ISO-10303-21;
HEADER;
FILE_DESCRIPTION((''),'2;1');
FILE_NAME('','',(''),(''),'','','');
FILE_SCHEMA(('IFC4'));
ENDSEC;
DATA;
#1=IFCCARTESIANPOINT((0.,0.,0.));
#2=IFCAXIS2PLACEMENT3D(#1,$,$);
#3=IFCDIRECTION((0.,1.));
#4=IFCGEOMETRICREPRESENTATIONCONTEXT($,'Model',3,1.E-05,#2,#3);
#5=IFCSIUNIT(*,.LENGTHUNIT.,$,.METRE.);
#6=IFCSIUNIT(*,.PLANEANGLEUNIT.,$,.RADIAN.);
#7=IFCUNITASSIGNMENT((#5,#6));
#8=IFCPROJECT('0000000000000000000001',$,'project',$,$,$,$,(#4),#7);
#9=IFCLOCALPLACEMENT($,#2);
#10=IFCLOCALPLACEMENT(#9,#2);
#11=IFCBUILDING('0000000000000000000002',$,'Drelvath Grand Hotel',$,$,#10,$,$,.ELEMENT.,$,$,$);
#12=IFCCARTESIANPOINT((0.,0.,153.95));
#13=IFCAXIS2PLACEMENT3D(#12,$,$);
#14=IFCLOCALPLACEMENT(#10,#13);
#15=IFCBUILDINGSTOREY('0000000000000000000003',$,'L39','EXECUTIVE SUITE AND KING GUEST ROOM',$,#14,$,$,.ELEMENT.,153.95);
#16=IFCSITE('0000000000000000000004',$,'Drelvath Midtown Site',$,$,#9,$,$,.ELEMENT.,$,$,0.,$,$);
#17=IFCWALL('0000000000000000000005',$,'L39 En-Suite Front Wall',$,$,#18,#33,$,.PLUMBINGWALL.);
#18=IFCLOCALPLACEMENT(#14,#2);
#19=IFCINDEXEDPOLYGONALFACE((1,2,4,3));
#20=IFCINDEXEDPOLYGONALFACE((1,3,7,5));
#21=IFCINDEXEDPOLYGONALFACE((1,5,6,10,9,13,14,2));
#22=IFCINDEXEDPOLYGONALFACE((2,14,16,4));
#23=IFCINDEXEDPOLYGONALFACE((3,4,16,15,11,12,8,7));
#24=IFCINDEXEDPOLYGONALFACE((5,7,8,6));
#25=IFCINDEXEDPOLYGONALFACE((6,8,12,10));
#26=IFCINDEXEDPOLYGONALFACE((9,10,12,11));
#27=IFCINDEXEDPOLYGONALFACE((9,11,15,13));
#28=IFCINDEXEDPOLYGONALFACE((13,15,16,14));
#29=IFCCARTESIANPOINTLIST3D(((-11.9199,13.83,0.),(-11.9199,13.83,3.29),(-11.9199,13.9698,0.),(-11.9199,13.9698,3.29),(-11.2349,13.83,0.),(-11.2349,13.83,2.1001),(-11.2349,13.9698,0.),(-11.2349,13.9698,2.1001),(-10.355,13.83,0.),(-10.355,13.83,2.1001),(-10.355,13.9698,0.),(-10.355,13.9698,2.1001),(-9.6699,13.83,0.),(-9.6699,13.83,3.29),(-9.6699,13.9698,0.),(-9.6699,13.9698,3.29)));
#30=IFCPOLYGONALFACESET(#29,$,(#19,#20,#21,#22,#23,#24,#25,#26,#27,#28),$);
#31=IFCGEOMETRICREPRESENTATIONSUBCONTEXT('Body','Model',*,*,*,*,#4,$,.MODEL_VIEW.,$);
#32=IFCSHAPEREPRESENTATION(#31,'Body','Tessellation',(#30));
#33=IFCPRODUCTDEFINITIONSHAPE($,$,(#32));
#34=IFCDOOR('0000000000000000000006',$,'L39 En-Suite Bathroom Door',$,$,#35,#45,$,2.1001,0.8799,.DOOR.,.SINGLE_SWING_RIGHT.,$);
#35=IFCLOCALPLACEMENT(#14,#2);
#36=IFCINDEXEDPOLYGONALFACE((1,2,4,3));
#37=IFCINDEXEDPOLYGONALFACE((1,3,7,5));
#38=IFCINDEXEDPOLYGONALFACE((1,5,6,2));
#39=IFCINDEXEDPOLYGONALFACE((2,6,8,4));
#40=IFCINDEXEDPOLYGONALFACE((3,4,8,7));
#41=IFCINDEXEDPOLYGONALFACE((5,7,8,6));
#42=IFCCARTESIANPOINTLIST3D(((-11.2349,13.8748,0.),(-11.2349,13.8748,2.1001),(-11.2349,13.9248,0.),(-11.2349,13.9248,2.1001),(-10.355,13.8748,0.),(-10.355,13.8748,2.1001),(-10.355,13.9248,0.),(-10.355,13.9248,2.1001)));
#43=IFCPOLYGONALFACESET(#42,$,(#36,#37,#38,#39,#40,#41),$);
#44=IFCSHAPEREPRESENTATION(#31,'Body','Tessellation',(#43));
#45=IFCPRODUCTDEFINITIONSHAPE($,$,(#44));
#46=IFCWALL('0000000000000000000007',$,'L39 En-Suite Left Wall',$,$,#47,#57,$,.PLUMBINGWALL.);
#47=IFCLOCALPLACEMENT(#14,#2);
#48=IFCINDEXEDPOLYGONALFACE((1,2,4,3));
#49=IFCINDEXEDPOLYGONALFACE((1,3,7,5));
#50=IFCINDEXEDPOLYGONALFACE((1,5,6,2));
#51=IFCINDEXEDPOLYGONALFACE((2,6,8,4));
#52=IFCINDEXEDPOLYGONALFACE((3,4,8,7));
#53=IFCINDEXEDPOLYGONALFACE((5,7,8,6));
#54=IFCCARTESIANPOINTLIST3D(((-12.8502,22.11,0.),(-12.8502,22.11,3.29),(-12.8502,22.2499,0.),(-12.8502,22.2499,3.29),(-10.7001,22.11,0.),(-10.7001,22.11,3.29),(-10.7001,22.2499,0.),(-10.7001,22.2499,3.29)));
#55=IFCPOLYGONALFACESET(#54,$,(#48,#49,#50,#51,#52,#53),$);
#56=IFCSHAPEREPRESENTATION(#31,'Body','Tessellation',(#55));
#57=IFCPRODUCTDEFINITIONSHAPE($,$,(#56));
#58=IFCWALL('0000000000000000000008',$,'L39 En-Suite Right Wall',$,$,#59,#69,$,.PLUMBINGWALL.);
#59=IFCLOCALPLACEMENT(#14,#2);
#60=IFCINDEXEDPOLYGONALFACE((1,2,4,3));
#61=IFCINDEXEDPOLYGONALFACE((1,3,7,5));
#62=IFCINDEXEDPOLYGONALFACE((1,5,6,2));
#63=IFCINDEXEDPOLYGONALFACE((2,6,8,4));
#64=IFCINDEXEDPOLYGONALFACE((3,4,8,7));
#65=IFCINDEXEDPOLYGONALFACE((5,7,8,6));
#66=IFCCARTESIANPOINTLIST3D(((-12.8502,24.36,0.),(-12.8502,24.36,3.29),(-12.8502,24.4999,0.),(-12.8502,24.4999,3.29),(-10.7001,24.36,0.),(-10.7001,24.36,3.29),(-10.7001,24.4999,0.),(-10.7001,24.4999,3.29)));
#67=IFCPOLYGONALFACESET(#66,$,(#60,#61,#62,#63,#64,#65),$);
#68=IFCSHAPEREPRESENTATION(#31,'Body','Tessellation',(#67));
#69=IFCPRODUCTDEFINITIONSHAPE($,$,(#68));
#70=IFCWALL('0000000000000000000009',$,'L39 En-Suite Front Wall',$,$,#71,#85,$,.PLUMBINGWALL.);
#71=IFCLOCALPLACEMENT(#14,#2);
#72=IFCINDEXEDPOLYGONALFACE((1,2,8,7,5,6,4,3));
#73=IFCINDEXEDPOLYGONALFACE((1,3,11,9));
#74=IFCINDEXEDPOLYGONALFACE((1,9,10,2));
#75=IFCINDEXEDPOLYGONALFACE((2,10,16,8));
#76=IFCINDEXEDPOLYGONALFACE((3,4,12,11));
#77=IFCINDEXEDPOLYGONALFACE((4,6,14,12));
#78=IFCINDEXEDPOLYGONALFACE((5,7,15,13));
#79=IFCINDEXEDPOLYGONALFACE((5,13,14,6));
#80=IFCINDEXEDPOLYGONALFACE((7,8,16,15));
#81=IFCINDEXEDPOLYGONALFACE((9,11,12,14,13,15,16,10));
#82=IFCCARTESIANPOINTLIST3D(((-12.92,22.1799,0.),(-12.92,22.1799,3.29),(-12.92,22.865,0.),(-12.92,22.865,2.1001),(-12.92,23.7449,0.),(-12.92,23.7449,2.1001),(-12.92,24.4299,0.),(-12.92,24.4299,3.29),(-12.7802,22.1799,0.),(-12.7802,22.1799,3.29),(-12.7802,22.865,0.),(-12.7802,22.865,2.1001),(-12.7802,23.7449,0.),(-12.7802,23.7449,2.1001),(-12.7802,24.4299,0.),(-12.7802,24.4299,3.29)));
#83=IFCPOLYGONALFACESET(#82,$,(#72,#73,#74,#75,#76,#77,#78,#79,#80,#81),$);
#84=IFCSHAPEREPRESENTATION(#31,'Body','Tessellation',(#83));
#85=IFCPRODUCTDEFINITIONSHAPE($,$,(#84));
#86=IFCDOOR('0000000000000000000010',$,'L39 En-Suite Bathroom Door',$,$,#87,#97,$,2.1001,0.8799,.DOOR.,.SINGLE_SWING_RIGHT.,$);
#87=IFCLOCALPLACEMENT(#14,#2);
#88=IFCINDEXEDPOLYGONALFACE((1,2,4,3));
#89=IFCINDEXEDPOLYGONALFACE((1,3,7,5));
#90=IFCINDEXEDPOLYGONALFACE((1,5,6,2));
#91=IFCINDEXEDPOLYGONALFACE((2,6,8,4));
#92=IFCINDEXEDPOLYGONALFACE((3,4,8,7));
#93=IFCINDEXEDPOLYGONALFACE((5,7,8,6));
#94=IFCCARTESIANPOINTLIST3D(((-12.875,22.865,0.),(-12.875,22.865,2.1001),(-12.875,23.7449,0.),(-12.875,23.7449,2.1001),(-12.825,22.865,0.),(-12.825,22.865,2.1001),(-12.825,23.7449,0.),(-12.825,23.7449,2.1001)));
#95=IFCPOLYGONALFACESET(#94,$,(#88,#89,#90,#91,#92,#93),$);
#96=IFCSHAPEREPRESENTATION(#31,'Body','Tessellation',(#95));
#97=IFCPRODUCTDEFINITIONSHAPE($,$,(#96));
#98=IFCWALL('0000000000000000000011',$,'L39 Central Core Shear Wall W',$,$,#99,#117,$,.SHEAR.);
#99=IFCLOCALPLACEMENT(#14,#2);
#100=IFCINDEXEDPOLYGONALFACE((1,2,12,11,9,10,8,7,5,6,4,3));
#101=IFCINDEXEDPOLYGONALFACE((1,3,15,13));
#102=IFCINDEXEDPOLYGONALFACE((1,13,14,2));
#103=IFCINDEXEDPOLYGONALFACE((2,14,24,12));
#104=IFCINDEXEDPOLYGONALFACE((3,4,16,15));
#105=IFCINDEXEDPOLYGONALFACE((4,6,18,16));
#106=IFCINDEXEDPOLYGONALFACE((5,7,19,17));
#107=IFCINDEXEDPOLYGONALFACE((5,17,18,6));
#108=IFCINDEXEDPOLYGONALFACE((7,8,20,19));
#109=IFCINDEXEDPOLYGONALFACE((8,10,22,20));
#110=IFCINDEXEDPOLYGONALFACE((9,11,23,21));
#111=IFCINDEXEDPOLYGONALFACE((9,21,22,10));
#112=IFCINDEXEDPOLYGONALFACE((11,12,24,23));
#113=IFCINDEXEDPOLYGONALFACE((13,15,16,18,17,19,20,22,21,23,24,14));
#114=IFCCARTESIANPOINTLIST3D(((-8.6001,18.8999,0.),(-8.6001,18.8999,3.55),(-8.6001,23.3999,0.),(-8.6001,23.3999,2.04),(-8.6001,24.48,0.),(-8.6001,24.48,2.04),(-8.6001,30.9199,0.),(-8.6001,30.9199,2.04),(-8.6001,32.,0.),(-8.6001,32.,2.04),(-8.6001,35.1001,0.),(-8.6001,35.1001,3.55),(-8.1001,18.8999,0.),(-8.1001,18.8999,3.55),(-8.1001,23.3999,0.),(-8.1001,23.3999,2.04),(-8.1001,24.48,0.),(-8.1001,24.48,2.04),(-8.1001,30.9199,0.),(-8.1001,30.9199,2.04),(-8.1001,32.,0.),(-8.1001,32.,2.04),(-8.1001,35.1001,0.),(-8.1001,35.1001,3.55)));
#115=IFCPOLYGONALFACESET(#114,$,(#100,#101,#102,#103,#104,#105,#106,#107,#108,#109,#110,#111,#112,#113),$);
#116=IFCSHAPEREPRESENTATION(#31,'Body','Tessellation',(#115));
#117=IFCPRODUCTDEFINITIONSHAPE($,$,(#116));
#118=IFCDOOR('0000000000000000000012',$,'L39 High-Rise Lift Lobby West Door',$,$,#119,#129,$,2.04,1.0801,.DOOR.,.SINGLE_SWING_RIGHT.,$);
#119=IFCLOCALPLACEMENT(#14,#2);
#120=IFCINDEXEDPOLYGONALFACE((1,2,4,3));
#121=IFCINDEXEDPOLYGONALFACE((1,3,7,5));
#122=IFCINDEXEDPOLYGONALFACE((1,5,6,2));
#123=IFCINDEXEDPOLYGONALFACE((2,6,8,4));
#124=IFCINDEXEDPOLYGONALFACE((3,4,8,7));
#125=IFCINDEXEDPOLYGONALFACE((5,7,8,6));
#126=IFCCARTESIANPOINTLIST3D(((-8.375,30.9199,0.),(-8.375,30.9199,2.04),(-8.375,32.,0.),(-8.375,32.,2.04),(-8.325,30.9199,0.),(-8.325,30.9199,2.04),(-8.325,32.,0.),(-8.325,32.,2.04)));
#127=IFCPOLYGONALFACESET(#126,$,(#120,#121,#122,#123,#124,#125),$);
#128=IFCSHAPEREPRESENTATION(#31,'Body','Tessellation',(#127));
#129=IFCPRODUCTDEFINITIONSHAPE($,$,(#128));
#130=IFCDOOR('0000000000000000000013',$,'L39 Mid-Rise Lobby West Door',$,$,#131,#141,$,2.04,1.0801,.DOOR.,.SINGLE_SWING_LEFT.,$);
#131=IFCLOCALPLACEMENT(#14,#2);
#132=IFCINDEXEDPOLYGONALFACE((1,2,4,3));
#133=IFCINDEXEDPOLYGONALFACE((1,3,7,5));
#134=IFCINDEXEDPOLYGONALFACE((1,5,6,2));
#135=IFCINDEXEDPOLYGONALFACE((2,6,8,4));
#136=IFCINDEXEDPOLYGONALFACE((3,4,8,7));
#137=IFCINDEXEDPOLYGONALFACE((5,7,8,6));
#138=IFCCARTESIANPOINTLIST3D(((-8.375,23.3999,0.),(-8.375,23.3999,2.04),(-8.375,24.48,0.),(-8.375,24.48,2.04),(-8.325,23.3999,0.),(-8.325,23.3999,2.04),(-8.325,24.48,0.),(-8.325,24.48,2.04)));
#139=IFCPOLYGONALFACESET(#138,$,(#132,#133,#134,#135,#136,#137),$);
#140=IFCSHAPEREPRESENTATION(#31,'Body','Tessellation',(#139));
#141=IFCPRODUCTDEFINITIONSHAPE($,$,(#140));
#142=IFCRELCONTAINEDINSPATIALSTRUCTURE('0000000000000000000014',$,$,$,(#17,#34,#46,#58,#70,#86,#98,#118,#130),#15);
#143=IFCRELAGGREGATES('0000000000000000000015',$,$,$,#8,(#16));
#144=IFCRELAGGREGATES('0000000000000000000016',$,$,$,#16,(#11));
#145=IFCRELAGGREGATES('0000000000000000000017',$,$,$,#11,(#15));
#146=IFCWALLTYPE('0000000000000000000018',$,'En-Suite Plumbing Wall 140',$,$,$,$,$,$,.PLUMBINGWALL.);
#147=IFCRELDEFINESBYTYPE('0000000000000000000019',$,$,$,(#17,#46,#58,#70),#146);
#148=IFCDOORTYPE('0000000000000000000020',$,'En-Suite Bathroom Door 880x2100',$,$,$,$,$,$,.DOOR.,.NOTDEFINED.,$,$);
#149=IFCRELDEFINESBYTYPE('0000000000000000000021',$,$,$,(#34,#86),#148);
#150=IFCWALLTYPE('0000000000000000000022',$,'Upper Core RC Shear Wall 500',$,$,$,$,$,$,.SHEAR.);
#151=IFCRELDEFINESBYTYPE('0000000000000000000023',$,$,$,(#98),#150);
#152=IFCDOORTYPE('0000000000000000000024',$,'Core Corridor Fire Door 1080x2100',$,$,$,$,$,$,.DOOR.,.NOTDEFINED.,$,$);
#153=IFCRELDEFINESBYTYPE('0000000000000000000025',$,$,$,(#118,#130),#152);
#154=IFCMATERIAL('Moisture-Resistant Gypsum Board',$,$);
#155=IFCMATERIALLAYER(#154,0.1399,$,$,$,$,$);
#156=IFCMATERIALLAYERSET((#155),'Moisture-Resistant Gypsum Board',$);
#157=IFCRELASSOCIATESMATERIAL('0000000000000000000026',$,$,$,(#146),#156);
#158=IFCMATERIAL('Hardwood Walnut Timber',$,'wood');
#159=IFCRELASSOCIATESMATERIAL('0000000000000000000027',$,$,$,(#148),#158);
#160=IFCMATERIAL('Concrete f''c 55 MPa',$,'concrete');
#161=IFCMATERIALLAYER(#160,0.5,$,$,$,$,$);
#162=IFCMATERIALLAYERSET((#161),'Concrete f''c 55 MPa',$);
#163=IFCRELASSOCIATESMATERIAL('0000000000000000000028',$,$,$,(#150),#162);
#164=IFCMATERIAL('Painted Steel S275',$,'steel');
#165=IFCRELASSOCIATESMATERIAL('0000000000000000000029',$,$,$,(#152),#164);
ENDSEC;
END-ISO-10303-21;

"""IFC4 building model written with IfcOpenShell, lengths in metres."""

from ifc_helpers import new_model, si_unit, direction, frame, frame_2d, origin, place, context, subcontext, project, spatial, rectangle, extrude, material, layer, layer_set, type_object, element, fill, save


model = new_model("IFC4")

# Units and contexts
model_context = context("Model", 3, precision=1e-05, world=origin(), true_north=direction((0.0, 1.0)))
body_context = subcontext(model_context, "Body", "Model", "MODEL_VIEW")
ifc_project = project(units=[si_unit("LENGTHUNIT", "METRE"), si_unit("PLANEANGLEUNIT", "RADIAN")], contexts=[model_context])

# Site, building, storey
site_placement = place(None, origin())
site = spatial("IfcSite", under=ifc_project, at=site_placement, Name="Drelvath Midtown Site", CompositionType="ELEMENT", RefElevation=0.0)
building_placement = place(site_placement, origin())
building = spatial("IfcBuilding", under=site, at=building_placement, Name="Drelvath Grand Hotel", CompositionType="ELEMENT")
storey_placement = place(building_placement, frame((0.0, 0.0, 153.95)))
storey = spatial("IfcBuildingStorey", under=building, at=storey_placement, Name="L39", Description="EXECUTIVE SUITE AND KING GUEST ROOM", CompositionType="ELEMENT", Elevation=153.95)

# Shared definitions
ifc_material_1 = material(Name="Painted Steel S275", Category="steel")

# Shared definitions
ifc_material_2 = material(Name="Hardwood Walnut Timber", Category="wood")

# Shared definitions
ifc_material_3 = material(Name="Moisture-Resistant Gypsum Board")
ifc_layer_1 = layer(ifc_material_3, 0.1399)
ifc_layer_set_1 = layer_set([ifc_layer_1], Name="Moisture-Resistant Gypsum Board")
wall_type_1 = type_object("IfcWallType", Name="En-Suite Plumbing Wall 140", PredefinedType="PLUMBINGWALL", material=ifc_layer_set_1)

# Shared definitions
door_type_1 = type_object("IfcDoorType", Name="En-Suite Bathroom Door 880x2100", OperationType="NOTDEFINED", PredefinedType="DOOR", material=ifc_material_2)

# Wall, opening, door
wall_1_placement = place(storey_placement, frame((-11.9199, 13.8999, 0.0), z_axis=(0.0, 0.0, 1.0), x_axis=(1.0, 0.0, 0.0)))
wall_1 = element("IfcWall", 1, at=wall_1_placement, inside=storey, type_object=wall_type_1, Name="L39 En-Suite Front Wall", PredefinedType="PLUMBINGWALL", context=body_context, shape_type="SweptSolid", body=[
    extrude(rectangle(XDim=2.25, YDim=0.1399, at=frame_2d((1.125, 0.0))), origin(), (0.0, 0.0, 1.0), 3.29),
])
opening_1_placement = place(wall_1_placement, frame((0.6851, 0.0, 0.0)))
opening_1 = element("IfcOpeningElement", 2, at=opening_1_placement, cuts=wall_1, PredefinedType="OPENING", context=body_context, shape_type="SweptSolid", body=[
    extrude(rectangle(XDim=0.8799, YDim=2.1001, at=frame_2d((0.4399, 1.05))), frame((0.0, 0.0798, 0.0), z_axis=(0.0, -1.0, 0.0), x_axis=(1.0, 0.0, 0.0)), (0.0, 0.0, 1.0), 0.1599),
])
door_1_placement = place(opening_1_placement, origin())
door_1 = element("IfcDoor", 3, at=door_1_placement, inside=storey, type_object=door_type_1, Name="L39 En-Suite Bathroom Door", OperationType="SINGLE_SWING_RIGHT", OverallHeight=2.1001, OverallWidth=0.8799, PredefinedType="DOOR", context=body_context, shape_type="SweptSolid", body=[
    extrude(rectangle(XDim=0.8799, YDim=2.1001, at=frame_2d((0.4399, 1.05))), frame((0.0, 0.0249, 0.0), z_axis=(0.0, -1.0, 0.0), x_axis=(1.0, 0.0, 0.0)), (0.0, 0.0, 1.0), 0.05),
])
fill(opening_1, door_1)

# Walls
for number, where, z_axis, x_axis, name in (
    (4, (-10.7, 22.1799, 0.0), (0.0, 0.0, 1.0), (-1.0, 0.0, 0.0), "L39 En-Suite Left Wall"),
    (5, (-10.7, 24.4299, 0.0), (0.0, 0.0, 1.0), (-1.0, 0.0, 0.0), "L39 En-Suite Right Wall"),
):
    element("IfcWall", number, at=place(storey_placement, frame(where, z_axis=z_axis, x_axis=x_axis)), inside=storey, type_object=wall_type_1, Name=name, PredefinedType="PLUMBINGWALL", context=body_context, shape_type="SweptSolid", body=[
        extrude(rectangle(XDim=2.1501, YDim=0.1399, at=frame_2d((1.0752, 0.0))), origin(), (0.0, 0.0, 1.0), 3.29),
    ])

# Wall, opening, door
wall_2_placement = place(storey_placement, frame((-12.8501, 22.1799, 0.0), z_axis=(0.0, 0.0, 1.0), x_axis=(0.0, 1.0, 0.0)))
wall_2 = element("IfcWall", 6, at=wall_2_placement, inside=storey, type_object=wall_type_1, Name="L39 En-Suite Front Wall", PredefinedType="PLUMBINGWALL", context=body_context, shape_type="SweptSolid", body=[
    extrude(rectangle(XDim=2.25, YDim=0.1399, at=frame_2d((1.125, 0.0))), origin(), (0.0, 0.0, 1.0), 3.29),
])
opening_2_placement = place(wall_2_placement, frame((0.6851, 0.0, 0.0)))
opening_2 = element("IfcOpeningElement", 7, at=opening_2_placement, cuts=wall_2, PredefinedType="OPENING", context=body_context, shape_type="SweptSolid", body=[
    extrude(rectangle(XDim=0.8799, YDim=2.1001, at=frame_2d((0.4399, 1.05))), frame((0.0, 0.0798, 0.0), z_axis=(0.0, -1.0, 0.0), x_axis=(1.0, 0.0, 0.0)), (0.0, 0.0, 1.0), 0.1599),
])
door_2_placement = place(opening_2_placement, origin())
door_2 = element("IfcDoor", 8, at=door_2_placement, inside=storey, type_object=door_type_1, Name="L39 En-Suite Bathroom Door", OperationType="SINGLE_SWING_RIGHT", OverallHeight=2.1001, OverallWidth=0.8799, PredefinedType="DOOR", context=body_context, shape_type="SweptSolid", body=[
    extrude(rectangle(XDim=0.8799, YDim=2.1001, at=frame_2d((0.4399, 1.05))), frame((0.0, 0.0249, 0.0), z_axis=(0.0, -1.0, 0.0), x_axis=(1.0, 0.0, 0.0)), (0.0, 0.0, 1.0), 0.05),
])
fill(opening_2, door_2)

# Wall, openings, doors
ifc_material_4 = material(Name="Concrete f'c 55 MPa", Category="concrete")
ifc_layer_2 = layer(ifc_material_4, 0.5)
ifc_layer_set_2 = layer_set([ifc_layer_2], Name="Concrete f'c 55 MPa")
wall_type_2 = type_object("IfcWallType", Name="Upper Core RC Shear Wall 500", PredefinedType="SHEAR", material=ifc_layer_set_2)
wall_3_placement = place(storey_placement, frame((-8.3501, 18.8999, 0.0), z_axis=(0.0, 0.0, 1.0), x_axis=(0.0, 1.0, 0.0)))
wall_3 = element("IfcWall", 9, at=wall_3_placement, inside=storey, type_object=wall_type_2, Name="L39 Central Core Shear Wall W", PredefinedType="SHEAR", context=body_context, shape_type="SweptSolid", body=[
    extrude(rectangle(XDim=16.2002, YDim=0.5, at=frame_2d((8.1001, 0.0))), origin(), (0.0, 0.0, 1.0), 3.55),
])
opening_3_placement = place(wall_3_placement, frame((12.02, 0.0, 0.0)))
opening_3 = element("IfcOpeningElement", 10, at=opening_3_placement, cuts=wall_3, PredefinedType="OPENING", context=body_context, shape_type="SweptSolid", body=[
    extrude(rectangle(XDim=1.0801, YDim=2.04, at=frame_2d((0.54, 1.02))), frame((0.0, 0.26, 0.0), z_axis=(0.0, -1.0, 0.0), x_axis=(1.0, 0.0, 0.0)), (0.0, 0.0, 1.0), 0.52),
])
opening_4_placement = place(wall_3_placement, frame((4.5, 0.0, 0.0)))
opening_4 = element("IfcOpeningElement", 11, at=opening_4_placement, cuts=wall_3, PredefinedType="OPENING", context=body_context, shape_type="SweptSolid", body=[
    extrude(rectangle(XDim=1.0801, YDim=2.04, at=frame_2d((0.54, 1.02))), frame((0.0, 0.26, 0.0), z_axis=(0.0, -1.0, 0.0), x_axis=(1.0, 0.0, 0.0)), (0.0, 0.0, 1.0), 0.52),
])
door_type_2 = type_object("IfcDoorType", Name="Core Corridor Fire Door 1080x2100", OperationType="NOTDEFINED", PredefinedType="DOOR", material=ifc_material_1)
door_3_placement = place(opening_3_placement, origin())
door_3 = element("IfcDoor", 12, at=door_3_placement, inside=storey, type_object=door_type_2, Name="L39 High-Rise Lift Lobby West Door", OperationType="SINGLE_SWING_RIGHT", OverallHeight=2.04, OverallWidth=1.0801, PredefinedType="DOOR", context=body_context, shape_type="SweptSolid", body=[
    extrude(rectangle(XDim=1.0801, YDim=2.04, at=frame_2d((0.54, 1.02))), frame((0.0, 0.0249, 0.0), z_axis=(0.0, -1.0, 0.0), x_axis=(1.0, 0.0, 0.0)), (0.0, 0.0, 1.0), 0.05),
])
fill(opening_3, door_3)
door_4_placement = place(opening_4_placement, origin())
door_4 = element("IfcDoor", 13, at=door_4_placement, inside=storey, type_object=door_type_2, Name="L39 Mid-Rise Lobby West Door", OperationType="SINGLE_SWING_LEFT", OverallHeight=2.04, OverallWidth=1.0801, PredefinedType="DOOR", context=body_context, shape_type="SweptSolid", body=[
    extrude(rectangle(XDim=1.0801, YDim=2.04, at=frame_2d((0.54, 1.02))), frame((0.0, 0.0249, 0.0), z_axis=(0.0, -1.0, 0.0), x_axis=(1.0, 0.0, 0.0)), (0.0, 0.0, 1.0), 0.05),
])
fill(opening_4, door_4)

save(model, "model.ifc")
